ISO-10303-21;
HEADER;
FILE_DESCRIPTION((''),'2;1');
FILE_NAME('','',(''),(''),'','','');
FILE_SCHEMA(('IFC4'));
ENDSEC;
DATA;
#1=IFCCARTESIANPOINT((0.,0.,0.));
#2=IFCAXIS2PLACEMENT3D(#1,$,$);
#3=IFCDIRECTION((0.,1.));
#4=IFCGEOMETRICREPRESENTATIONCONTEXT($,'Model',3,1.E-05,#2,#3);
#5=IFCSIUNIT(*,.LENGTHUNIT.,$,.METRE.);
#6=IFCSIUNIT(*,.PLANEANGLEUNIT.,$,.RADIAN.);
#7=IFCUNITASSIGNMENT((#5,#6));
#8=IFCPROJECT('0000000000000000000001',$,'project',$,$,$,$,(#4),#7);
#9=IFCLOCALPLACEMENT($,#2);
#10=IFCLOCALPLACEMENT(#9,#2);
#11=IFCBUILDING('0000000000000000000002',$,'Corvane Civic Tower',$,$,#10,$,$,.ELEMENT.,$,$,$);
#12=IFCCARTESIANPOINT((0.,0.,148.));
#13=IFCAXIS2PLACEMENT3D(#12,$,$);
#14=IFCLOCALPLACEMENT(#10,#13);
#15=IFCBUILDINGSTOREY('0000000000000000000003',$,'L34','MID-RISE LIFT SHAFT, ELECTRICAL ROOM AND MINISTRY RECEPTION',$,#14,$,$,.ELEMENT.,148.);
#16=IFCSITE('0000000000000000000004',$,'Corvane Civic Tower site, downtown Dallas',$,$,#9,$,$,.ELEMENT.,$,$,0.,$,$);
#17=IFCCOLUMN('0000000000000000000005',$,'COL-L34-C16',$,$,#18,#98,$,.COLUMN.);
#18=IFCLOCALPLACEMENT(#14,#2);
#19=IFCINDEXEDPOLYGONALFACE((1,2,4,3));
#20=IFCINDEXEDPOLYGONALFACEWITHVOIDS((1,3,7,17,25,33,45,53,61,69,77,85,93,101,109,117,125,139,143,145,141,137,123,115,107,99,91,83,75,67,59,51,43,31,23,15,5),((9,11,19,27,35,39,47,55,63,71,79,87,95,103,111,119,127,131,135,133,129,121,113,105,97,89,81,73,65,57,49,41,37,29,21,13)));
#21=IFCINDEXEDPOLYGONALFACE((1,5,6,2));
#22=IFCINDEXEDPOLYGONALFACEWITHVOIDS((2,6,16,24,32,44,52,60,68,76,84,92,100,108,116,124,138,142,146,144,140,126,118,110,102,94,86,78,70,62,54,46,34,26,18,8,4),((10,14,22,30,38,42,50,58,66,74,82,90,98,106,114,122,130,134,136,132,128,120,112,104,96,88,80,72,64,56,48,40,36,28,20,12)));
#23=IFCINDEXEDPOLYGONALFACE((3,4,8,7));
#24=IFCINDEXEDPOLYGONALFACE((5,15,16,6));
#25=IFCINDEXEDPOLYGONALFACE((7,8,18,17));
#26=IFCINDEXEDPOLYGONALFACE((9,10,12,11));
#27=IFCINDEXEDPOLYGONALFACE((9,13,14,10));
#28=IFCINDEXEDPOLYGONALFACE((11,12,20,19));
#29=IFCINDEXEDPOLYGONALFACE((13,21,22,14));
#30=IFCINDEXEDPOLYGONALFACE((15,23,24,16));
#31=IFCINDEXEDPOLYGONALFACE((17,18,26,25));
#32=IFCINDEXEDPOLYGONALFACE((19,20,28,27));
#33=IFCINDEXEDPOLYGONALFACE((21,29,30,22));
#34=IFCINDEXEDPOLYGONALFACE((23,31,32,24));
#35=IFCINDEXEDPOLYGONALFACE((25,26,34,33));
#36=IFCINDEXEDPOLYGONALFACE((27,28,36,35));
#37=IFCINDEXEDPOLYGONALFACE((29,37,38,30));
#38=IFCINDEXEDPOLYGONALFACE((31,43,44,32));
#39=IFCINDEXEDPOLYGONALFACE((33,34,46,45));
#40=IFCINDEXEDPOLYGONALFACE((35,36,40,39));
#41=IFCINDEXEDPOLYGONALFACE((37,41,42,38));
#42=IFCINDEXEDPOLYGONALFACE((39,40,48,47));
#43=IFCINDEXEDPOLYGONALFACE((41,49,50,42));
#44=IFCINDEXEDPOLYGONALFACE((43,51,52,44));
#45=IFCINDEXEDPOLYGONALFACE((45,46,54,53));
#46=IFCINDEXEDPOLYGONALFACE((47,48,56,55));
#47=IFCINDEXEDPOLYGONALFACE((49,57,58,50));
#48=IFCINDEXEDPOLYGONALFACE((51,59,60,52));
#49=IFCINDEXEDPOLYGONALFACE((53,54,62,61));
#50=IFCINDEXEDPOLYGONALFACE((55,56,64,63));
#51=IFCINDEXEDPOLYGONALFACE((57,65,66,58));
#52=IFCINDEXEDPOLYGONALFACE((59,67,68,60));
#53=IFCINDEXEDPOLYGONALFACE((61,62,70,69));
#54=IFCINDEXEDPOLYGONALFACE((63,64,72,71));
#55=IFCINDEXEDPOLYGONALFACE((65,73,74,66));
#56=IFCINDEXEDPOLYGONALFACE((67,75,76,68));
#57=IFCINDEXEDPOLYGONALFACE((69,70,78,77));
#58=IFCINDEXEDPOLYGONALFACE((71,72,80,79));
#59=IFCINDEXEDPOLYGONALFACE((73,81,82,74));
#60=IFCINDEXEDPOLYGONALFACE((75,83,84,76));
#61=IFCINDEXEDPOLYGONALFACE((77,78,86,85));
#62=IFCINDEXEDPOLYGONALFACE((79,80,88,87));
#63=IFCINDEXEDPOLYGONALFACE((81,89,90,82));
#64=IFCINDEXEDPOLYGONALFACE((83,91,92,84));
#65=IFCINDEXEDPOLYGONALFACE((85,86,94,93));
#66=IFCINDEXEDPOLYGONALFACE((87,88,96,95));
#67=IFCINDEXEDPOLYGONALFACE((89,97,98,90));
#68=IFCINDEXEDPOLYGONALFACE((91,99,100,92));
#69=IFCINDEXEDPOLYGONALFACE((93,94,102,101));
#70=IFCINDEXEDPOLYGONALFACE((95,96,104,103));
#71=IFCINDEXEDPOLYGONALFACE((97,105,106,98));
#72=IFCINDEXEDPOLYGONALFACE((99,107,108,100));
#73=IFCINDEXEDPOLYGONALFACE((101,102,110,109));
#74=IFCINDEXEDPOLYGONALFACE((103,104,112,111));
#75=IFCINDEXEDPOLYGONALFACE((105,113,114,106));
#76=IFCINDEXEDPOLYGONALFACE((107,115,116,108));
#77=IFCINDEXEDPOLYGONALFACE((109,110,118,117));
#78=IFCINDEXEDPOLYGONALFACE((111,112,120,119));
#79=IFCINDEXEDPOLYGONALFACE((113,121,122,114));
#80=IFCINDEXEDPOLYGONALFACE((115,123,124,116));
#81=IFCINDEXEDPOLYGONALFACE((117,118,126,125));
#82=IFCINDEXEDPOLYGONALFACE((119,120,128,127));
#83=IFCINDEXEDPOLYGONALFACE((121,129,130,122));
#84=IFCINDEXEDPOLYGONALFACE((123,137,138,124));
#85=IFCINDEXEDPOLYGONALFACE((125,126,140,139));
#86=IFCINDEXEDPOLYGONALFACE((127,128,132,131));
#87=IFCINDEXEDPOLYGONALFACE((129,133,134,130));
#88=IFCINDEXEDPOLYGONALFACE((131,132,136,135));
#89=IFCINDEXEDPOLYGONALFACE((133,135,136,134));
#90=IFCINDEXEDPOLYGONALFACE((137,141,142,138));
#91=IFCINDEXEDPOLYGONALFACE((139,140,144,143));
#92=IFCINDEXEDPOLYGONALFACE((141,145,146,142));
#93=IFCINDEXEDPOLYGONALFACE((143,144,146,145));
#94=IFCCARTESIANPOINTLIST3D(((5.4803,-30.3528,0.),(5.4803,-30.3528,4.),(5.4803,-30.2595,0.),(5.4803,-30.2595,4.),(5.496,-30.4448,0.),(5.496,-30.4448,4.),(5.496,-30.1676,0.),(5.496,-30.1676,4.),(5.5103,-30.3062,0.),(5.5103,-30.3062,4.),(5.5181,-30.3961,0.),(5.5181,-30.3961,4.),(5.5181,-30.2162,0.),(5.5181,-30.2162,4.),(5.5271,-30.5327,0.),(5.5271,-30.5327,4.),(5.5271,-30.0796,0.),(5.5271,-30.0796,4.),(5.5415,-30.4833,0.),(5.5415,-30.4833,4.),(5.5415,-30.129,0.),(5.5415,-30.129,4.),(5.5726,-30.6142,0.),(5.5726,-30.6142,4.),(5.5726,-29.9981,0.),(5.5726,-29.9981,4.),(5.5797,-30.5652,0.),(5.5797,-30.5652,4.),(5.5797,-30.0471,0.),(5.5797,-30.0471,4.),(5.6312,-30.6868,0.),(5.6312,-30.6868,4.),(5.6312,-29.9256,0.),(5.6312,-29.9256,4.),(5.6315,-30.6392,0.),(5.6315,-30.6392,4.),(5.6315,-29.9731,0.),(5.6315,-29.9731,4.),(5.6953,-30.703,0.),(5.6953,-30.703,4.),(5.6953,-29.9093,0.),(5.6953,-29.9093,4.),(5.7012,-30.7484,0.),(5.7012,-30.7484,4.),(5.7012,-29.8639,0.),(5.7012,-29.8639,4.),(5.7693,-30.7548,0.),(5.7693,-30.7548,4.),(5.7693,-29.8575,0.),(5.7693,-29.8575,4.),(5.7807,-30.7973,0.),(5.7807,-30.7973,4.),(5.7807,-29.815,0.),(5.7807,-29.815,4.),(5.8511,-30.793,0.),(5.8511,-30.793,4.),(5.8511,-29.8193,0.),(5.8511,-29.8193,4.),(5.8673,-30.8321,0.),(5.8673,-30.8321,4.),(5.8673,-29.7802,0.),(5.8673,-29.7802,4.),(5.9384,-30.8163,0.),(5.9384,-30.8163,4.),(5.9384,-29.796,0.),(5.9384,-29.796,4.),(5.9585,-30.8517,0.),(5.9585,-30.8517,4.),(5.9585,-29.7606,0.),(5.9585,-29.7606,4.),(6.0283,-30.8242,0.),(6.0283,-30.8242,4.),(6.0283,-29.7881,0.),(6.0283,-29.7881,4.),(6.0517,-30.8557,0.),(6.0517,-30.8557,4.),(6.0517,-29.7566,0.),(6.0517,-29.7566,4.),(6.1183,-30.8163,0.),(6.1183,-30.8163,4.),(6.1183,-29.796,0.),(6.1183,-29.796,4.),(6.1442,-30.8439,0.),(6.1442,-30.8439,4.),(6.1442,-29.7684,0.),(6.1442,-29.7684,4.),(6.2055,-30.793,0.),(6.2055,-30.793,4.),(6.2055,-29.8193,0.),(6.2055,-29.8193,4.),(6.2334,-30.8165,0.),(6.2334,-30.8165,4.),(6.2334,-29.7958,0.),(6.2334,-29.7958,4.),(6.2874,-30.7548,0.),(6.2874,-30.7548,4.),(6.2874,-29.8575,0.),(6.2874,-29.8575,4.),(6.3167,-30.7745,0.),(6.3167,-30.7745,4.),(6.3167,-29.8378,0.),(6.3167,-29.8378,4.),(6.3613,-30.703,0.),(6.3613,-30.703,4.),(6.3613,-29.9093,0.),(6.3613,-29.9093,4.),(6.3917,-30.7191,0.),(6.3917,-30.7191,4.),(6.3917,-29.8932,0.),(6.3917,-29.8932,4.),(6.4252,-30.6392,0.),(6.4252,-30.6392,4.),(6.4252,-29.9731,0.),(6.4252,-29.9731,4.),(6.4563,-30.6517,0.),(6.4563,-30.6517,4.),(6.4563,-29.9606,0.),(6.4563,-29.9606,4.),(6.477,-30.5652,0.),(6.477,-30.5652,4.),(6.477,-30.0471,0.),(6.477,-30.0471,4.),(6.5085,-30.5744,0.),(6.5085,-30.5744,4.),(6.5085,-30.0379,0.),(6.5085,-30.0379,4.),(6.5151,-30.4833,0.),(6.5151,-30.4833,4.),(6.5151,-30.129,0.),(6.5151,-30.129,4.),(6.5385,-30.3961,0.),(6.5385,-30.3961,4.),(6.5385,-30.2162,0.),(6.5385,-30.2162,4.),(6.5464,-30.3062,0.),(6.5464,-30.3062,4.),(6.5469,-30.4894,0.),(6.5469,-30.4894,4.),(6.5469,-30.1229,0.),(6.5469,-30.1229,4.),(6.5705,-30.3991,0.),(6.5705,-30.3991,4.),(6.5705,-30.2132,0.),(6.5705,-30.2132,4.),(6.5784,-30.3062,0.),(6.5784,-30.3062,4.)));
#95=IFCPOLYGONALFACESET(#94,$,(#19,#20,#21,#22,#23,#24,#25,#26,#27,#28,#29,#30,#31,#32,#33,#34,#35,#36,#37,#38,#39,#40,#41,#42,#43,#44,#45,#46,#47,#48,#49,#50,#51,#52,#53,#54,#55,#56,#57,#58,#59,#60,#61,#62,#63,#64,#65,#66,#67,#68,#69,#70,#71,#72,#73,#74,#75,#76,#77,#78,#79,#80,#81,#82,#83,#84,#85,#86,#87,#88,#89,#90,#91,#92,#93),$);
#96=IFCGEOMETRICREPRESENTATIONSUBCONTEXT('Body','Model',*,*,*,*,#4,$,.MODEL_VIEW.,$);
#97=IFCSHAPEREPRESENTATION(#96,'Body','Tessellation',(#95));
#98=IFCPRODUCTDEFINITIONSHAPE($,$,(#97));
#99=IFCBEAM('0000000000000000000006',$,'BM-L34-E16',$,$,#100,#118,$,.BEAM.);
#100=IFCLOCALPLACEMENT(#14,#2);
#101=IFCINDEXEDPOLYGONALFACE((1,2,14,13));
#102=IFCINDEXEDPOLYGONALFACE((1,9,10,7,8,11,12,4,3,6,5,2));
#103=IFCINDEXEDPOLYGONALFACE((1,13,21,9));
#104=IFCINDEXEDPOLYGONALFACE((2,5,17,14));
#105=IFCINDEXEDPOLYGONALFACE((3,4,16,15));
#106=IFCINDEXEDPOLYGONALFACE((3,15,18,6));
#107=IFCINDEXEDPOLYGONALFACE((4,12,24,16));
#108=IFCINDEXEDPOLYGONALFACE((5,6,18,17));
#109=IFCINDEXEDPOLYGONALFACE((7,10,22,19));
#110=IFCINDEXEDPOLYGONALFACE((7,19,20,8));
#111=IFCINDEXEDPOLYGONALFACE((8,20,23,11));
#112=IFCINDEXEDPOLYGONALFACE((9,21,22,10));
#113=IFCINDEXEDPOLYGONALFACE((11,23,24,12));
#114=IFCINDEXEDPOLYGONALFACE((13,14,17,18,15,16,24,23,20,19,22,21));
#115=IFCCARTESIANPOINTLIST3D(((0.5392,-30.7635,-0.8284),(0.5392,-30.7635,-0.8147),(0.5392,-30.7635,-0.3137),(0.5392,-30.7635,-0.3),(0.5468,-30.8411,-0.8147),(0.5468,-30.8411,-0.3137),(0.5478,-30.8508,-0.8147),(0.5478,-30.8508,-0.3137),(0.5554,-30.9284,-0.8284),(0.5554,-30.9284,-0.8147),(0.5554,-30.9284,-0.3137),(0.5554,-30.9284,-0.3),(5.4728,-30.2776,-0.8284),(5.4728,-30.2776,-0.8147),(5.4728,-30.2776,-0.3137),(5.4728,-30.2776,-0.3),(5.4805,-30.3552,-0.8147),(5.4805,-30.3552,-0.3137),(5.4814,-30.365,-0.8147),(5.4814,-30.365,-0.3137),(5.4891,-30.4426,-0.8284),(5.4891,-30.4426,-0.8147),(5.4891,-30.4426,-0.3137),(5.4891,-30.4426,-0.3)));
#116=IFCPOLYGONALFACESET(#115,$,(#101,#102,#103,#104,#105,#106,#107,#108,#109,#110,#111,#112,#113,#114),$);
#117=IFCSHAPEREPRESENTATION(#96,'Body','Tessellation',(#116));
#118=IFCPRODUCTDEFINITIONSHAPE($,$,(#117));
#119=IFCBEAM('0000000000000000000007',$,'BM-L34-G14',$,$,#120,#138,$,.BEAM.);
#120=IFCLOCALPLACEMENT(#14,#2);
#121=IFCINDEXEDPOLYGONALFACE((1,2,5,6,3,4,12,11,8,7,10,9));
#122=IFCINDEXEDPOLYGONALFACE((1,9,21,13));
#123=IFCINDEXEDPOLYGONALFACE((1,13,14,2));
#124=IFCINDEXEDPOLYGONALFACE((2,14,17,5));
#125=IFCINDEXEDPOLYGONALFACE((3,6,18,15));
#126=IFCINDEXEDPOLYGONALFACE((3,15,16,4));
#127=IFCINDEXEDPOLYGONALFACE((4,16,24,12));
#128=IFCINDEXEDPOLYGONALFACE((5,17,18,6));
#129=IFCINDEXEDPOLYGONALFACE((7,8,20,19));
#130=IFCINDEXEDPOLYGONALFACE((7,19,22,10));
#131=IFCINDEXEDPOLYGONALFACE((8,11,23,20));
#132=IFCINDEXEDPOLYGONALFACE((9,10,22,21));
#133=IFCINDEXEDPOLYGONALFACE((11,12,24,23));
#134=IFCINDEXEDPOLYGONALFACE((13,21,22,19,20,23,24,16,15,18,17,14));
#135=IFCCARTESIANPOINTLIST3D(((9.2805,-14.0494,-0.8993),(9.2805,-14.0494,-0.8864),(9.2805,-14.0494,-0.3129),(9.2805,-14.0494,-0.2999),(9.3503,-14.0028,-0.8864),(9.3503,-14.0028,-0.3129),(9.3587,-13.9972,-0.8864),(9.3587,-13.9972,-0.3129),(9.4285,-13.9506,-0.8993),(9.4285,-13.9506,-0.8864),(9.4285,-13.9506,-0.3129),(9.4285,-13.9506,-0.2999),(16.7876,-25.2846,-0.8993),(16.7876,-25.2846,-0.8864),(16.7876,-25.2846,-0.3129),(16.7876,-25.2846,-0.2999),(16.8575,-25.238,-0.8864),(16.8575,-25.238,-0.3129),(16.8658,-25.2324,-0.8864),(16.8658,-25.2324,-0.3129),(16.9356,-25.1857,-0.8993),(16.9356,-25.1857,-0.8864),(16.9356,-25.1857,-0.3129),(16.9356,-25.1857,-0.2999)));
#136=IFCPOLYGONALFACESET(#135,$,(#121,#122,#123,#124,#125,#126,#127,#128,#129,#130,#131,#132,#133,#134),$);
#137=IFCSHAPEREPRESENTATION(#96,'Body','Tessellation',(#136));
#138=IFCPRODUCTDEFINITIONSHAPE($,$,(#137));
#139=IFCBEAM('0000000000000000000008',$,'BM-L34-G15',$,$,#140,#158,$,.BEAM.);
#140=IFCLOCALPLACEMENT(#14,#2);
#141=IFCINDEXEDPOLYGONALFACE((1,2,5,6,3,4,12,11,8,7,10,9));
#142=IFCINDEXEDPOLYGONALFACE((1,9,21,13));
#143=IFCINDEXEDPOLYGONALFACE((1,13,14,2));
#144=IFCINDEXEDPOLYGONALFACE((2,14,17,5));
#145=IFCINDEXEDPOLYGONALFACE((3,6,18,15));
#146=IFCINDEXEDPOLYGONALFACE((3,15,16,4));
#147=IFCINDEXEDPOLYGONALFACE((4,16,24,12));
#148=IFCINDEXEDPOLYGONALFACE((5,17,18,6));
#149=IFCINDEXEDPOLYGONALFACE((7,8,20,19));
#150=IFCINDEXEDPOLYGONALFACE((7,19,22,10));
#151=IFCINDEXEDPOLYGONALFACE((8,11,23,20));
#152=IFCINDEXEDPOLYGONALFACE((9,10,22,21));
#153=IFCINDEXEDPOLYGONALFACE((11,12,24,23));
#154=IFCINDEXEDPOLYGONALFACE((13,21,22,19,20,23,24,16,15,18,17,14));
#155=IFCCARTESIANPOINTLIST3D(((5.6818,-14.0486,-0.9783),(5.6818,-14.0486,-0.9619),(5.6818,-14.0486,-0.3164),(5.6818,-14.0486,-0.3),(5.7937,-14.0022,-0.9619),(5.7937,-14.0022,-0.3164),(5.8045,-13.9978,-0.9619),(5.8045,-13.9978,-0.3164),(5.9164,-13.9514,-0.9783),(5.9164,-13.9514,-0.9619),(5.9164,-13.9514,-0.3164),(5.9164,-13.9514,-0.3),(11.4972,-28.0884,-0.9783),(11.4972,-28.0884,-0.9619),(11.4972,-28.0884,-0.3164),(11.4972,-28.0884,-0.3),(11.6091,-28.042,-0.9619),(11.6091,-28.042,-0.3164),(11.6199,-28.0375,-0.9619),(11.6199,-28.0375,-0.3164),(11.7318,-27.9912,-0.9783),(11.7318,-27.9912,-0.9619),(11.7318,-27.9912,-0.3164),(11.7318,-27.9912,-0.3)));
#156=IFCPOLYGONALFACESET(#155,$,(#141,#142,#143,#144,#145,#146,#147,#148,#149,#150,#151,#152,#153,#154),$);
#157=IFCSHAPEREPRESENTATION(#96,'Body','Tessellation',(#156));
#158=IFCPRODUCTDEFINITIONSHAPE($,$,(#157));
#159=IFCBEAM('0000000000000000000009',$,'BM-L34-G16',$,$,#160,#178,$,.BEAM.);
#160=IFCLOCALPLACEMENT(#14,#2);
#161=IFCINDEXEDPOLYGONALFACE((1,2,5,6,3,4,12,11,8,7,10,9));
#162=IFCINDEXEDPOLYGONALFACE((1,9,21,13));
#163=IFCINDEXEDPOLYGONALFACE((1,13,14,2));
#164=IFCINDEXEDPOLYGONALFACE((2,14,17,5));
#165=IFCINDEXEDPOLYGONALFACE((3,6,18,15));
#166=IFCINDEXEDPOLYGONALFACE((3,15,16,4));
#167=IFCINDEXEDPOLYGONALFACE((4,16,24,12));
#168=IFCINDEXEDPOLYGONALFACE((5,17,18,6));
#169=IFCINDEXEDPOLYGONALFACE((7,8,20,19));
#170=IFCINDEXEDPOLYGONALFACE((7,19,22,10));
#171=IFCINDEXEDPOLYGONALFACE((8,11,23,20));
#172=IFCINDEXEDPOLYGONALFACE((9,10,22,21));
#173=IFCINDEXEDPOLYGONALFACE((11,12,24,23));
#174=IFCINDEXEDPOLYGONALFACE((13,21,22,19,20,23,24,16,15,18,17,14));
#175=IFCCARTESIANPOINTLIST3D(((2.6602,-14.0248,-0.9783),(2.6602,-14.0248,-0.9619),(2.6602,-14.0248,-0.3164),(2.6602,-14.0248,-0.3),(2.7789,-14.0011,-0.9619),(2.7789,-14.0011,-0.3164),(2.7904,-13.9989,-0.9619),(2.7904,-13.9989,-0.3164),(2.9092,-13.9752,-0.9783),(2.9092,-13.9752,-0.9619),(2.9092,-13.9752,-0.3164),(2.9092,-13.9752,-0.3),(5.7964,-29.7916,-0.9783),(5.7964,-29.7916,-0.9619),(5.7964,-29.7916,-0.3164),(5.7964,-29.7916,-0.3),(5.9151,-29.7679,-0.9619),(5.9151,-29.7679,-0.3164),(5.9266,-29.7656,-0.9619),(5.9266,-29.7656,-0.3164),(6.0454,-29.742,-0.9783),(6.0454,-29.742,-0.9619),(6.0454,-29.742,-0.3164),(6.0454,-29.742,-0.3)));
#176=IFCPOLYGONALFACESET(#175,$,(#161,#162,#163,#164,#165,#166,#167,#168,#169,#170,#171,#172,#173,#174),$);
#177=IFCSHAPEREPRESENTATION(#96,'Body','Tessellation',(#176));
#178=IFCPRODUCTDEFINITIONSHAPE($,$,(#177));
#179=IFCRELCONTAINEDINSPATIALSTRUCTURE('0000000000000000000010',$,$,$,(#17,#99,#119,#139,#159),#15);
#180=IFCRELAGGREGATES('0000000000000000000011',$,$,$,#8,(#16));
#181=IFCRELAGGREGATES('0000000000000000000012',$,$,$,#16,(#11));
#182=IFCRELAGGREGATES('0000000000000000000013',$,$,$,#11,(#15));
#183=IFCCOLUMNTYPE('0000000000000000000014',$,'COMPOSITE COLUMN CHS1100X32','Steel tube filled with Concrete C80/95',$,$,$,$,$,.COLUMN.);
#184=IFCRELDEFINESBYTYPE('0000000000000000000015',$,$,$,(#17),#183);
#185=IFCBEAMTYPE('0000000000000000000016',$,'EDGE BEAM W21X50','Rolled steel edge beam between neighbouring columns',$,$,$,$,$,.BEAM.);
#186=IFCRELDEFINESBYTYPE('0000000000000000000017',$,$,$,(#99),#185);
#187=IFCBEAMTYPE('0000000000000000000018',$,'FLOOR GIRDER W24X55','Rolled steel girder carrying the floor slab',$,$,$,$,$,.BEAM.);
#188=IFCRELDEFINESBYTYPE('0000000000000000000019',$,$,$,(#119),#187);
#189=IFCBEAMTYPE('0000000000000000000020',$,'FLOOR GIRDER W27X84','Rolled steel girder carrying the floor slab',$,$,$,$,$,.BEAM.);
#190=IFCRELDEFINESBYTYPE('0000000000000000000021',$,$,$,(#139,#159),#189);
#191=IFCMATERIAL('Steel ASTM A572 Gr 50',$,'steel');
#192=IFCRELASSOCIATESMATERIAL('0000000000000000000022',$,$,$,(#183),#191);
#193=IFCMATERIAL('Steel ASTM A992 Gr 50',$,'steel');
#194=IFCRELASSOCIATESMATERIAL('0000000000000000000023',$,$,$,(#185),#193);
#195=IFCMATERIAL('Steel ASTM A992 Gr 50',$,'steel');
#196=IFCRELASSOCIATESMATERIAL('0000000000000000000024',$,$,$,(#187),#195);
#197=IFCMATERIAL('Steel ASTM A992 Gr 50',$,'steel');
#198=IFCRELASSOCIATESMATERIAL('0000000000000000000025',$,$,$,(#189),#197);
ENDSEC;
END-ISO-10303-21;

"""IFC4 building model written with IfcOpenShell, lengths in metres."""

from ifc_helpers import new_model, si_unit, direction, frame, origin, origin_2d, place, context, subcontext, project, spatial, hollow_circle, i_section, extrude, material, material_profile, profile_set, type_object, element, save


model = new_model("IFC4")

# Units and contexts
model_context = context("Model", 3, precision=1e-05, world=origin(), true_north=direction((0.0, 1.0)))
body_context = subcontext(model_context, "Body", "Model", "MODEL_VIEW")
ifc_project = project(units=[si_unit("LENGTHUNIT", "METRE"), si_unit("PLANEANGLEUNIT", "RADIAN")], contexts=[model_context])

# Site, building, storey
site_placement = place(None, origin())
site = spatial("IfcSite", under=ifc_project, at=site_placement, Name="Corvane Civic Tower site, downtown Dallas", CompositionType="ELEMENT", RefElevation=0.0)
building_placement = place(site_placement, origin())
building = spatial("IfcBuilding", under=site, at=building_placement, Name="Corvane Civic Tower", CompositionType="ELEMENT")
storey_placement = place(building_placement, frame((0.0, 0.0, 148.0)))
storey = spatial("IfcBuildingStorey", under=building, at=storey_placement, Name="L34", Description="MID-RISE LIFT SHAFT, ELECTRICAL ROOM AND MINISTRY RECEPTION", CompositionType="ELEMENT", Elevation=148.0)

# Column
ifc_material_1 = material(Name="Steel ASTM A572 Gr 50", Category="steel")
ifc_material_profile_1 = material_profile(ifc_material_1, hollow_circle(Radius=0.55, WallThickness=0.032, at=origin_2d()), Name="CHS1100X32")
ifc_profile_set_1 = profile_set([ifc_material_profile_1], Name="Steel ASTM A572 Gr 50")
column_type = type_object("IfcColumnType", Name="COMPOSITE COLUMN CHS1100X32", Description="Steel tube filled with Concrete C80/95", PredefinedType="COLUMN", material=ifc_profile_set_1)
column_placement = place(storey_placement, frame((6.0283, -30.3062, 0.0), z_axis=(0.0, 0.0, 1.0), x_axis=(1.0, 0.0, 0.0)))
element("IfcColumn", 1, at=column_placement, inside=storey, type_object=column_type, Name="COL-L34-C16", PredefinedType="COLUMN", context=body_context, shape_type="SweptSolid", body=[
    extrude(hollow_circle(Radius=0.55, WallThickness=0.032, at=origin_2d()), origin(), (0.0, 0.0, 1.0), 4.0),
])

# Beams
ifc_material_2 = material(Name="Steel ASTM A992 Gr 50", Category="steel")
ifc_material_profile_2 = material_profile(ifc_material_2, i_section(OverallWidth=0.1658, OverallDepth=0.5283, WebThickness=0.0098, FlangeThickness=0.0137, at=origin_2d()), Name="W21X50")
ifc_profile_set_2 = profile_set([ifc_material_profile_2], Name="Steel ASTM A992 Gr 50")
beam_type_1 = type_object("IfcBeamType", Name="EDGE BEAM W21X50", Description="Rolled steel edge beam between neighbouring columns", PredefinedType="BEAM", material=ifc_profile_set_2)
beam_1_placement = place(storey_placement, frame((5.481, -30.3601, -0.5642), z_axis=(-0.995186, -0.098002, 0.0), x_axis=(0.098002, -0.995186, 0.0)))
element("IfcBeam", 2, at=beam_1_placement, inside=storey, type_object=beam_type_1, Name="BM-L34-E16", PredefinedType="BEAM", context=body_context, shape_type="SweptSolid", body=[
    extrude(i_section(OverallWidth=0.1658, OverallDepth=0.5283, WebThickness=0.0098, FlangeThickness=0.0137, at=origin_2d()), origin(), (0.0, 0.0, 1.0), 4.9575),
])
ifc_material_3 = material(Name="Steel ASTM A992 Gr 50", Category="steel")
ifc_material_profile_3 = material_profile(ifc_material_3, i_section(OverallWidth=0.178, OverallDepth=0.5994, WebThickness=0.01, FlangeThickness=0.0129, at=origin_2d()), Name="W24X55")
ifc_profile_set_3 = profile_set([ifc_material_profile_3], Name="Steel ASTM A992 Gr 50")
beam_type_2 = type_object("IfcBeamType", Name="FLOOR GIRDER W24X55", Description="Rolled steel girder carrying the floor slab", PredefinedType="BEAM", material=ifc_profile_set_3)
beam_2_placement = place(storey_placement, frame((9.3545, -14.0, -0.5996), z_axis=(0.555571, -0.831469, 0.0), x_axis=(0.831469, 0.555571, 0.0)))
element("IfcBeam", 3, at=beam_2_placement, inside=storey, type_object=beam_type_2, Name="BM-L34-G14", PredefinedType="BEAM", context=body_context, shape_type="SweptSolid", body=[
    extrude(i_section(OverallWidth=0.178, OverallDepth=0.5994, WebThickness=0.01, FlangeThickness=0.0129, at=origin_2d()), origin(), (0.0, 0.0, 1.0), 13.5125),
])
ifc_material_4 = material(Name="Steel ASTM A992 Gr 50", Category="steel")
ifc_material_profile_4 = material_profile(ifc_material_4, i_section(OverallWidth=0.2539, OverallDepth=0.6782, WebThickness=0.0117, FlangeThickness=0.0164, at=origin_2d()), Name="W27X84")
ifc_profile_set_4 = profile_set([ifc_material_profile_4], Name="Steel ASTM A992 Gr 50")
beam_type_3 = type_object("IfcBeamType", Name="FLOOR GIRDER W27X84", Description="Rolled steel girder carrying the floor slab", PredefinedType="BEAM", material=ifc_profile_set_4)
beam_3_placement = place(storey_placement, frame((5.7991, -14.0, -0.6392), z_axis=(0.382681, -0.923881, 0.0), x_axis=(0.923881, 0.382681, 0.0)))
element("IfcBeam", 4, at=beam_3_placement, inside=storey, type_object=beam_type_3, Name="BM-L34-G15", PredefinedType="BEAM", context=body_context, shape_type="SweptSolid", body=[
    extrude(i_section(OverallWidth=0.2539, OverallDepth=0.6782, WebThickness=0.0117, FlangeThickness=0.0164, at=origin_2d()), origin(), (0.0, 0.0, 1.0), 15.1965),
])
beam_4_placement = place(storey_placement, frame((2.7847, -14.0, -0.6392), z_axis=(0.195091, -0.980785, 0.0), x_axis=(0.980785, 0.195091, 0.0)))
element("IfcBeam", 5, at=beam_4_placement, inside=storey, type_object=beam_type_3, Name="BM-L34-G16", PredefinedType="BEAM", context=body_context, shape_type="SweptSolid", body=[
    extrude(i_section(OverallWidth=0.2539, OverallDepth=0.6782, WebThickness=0.0117, FlangeThickness=0.0164, at=origin_2d()), origin(), (0.0, 0.0, 1.0), 16.0757),
])

save(model, "model.ifc")
